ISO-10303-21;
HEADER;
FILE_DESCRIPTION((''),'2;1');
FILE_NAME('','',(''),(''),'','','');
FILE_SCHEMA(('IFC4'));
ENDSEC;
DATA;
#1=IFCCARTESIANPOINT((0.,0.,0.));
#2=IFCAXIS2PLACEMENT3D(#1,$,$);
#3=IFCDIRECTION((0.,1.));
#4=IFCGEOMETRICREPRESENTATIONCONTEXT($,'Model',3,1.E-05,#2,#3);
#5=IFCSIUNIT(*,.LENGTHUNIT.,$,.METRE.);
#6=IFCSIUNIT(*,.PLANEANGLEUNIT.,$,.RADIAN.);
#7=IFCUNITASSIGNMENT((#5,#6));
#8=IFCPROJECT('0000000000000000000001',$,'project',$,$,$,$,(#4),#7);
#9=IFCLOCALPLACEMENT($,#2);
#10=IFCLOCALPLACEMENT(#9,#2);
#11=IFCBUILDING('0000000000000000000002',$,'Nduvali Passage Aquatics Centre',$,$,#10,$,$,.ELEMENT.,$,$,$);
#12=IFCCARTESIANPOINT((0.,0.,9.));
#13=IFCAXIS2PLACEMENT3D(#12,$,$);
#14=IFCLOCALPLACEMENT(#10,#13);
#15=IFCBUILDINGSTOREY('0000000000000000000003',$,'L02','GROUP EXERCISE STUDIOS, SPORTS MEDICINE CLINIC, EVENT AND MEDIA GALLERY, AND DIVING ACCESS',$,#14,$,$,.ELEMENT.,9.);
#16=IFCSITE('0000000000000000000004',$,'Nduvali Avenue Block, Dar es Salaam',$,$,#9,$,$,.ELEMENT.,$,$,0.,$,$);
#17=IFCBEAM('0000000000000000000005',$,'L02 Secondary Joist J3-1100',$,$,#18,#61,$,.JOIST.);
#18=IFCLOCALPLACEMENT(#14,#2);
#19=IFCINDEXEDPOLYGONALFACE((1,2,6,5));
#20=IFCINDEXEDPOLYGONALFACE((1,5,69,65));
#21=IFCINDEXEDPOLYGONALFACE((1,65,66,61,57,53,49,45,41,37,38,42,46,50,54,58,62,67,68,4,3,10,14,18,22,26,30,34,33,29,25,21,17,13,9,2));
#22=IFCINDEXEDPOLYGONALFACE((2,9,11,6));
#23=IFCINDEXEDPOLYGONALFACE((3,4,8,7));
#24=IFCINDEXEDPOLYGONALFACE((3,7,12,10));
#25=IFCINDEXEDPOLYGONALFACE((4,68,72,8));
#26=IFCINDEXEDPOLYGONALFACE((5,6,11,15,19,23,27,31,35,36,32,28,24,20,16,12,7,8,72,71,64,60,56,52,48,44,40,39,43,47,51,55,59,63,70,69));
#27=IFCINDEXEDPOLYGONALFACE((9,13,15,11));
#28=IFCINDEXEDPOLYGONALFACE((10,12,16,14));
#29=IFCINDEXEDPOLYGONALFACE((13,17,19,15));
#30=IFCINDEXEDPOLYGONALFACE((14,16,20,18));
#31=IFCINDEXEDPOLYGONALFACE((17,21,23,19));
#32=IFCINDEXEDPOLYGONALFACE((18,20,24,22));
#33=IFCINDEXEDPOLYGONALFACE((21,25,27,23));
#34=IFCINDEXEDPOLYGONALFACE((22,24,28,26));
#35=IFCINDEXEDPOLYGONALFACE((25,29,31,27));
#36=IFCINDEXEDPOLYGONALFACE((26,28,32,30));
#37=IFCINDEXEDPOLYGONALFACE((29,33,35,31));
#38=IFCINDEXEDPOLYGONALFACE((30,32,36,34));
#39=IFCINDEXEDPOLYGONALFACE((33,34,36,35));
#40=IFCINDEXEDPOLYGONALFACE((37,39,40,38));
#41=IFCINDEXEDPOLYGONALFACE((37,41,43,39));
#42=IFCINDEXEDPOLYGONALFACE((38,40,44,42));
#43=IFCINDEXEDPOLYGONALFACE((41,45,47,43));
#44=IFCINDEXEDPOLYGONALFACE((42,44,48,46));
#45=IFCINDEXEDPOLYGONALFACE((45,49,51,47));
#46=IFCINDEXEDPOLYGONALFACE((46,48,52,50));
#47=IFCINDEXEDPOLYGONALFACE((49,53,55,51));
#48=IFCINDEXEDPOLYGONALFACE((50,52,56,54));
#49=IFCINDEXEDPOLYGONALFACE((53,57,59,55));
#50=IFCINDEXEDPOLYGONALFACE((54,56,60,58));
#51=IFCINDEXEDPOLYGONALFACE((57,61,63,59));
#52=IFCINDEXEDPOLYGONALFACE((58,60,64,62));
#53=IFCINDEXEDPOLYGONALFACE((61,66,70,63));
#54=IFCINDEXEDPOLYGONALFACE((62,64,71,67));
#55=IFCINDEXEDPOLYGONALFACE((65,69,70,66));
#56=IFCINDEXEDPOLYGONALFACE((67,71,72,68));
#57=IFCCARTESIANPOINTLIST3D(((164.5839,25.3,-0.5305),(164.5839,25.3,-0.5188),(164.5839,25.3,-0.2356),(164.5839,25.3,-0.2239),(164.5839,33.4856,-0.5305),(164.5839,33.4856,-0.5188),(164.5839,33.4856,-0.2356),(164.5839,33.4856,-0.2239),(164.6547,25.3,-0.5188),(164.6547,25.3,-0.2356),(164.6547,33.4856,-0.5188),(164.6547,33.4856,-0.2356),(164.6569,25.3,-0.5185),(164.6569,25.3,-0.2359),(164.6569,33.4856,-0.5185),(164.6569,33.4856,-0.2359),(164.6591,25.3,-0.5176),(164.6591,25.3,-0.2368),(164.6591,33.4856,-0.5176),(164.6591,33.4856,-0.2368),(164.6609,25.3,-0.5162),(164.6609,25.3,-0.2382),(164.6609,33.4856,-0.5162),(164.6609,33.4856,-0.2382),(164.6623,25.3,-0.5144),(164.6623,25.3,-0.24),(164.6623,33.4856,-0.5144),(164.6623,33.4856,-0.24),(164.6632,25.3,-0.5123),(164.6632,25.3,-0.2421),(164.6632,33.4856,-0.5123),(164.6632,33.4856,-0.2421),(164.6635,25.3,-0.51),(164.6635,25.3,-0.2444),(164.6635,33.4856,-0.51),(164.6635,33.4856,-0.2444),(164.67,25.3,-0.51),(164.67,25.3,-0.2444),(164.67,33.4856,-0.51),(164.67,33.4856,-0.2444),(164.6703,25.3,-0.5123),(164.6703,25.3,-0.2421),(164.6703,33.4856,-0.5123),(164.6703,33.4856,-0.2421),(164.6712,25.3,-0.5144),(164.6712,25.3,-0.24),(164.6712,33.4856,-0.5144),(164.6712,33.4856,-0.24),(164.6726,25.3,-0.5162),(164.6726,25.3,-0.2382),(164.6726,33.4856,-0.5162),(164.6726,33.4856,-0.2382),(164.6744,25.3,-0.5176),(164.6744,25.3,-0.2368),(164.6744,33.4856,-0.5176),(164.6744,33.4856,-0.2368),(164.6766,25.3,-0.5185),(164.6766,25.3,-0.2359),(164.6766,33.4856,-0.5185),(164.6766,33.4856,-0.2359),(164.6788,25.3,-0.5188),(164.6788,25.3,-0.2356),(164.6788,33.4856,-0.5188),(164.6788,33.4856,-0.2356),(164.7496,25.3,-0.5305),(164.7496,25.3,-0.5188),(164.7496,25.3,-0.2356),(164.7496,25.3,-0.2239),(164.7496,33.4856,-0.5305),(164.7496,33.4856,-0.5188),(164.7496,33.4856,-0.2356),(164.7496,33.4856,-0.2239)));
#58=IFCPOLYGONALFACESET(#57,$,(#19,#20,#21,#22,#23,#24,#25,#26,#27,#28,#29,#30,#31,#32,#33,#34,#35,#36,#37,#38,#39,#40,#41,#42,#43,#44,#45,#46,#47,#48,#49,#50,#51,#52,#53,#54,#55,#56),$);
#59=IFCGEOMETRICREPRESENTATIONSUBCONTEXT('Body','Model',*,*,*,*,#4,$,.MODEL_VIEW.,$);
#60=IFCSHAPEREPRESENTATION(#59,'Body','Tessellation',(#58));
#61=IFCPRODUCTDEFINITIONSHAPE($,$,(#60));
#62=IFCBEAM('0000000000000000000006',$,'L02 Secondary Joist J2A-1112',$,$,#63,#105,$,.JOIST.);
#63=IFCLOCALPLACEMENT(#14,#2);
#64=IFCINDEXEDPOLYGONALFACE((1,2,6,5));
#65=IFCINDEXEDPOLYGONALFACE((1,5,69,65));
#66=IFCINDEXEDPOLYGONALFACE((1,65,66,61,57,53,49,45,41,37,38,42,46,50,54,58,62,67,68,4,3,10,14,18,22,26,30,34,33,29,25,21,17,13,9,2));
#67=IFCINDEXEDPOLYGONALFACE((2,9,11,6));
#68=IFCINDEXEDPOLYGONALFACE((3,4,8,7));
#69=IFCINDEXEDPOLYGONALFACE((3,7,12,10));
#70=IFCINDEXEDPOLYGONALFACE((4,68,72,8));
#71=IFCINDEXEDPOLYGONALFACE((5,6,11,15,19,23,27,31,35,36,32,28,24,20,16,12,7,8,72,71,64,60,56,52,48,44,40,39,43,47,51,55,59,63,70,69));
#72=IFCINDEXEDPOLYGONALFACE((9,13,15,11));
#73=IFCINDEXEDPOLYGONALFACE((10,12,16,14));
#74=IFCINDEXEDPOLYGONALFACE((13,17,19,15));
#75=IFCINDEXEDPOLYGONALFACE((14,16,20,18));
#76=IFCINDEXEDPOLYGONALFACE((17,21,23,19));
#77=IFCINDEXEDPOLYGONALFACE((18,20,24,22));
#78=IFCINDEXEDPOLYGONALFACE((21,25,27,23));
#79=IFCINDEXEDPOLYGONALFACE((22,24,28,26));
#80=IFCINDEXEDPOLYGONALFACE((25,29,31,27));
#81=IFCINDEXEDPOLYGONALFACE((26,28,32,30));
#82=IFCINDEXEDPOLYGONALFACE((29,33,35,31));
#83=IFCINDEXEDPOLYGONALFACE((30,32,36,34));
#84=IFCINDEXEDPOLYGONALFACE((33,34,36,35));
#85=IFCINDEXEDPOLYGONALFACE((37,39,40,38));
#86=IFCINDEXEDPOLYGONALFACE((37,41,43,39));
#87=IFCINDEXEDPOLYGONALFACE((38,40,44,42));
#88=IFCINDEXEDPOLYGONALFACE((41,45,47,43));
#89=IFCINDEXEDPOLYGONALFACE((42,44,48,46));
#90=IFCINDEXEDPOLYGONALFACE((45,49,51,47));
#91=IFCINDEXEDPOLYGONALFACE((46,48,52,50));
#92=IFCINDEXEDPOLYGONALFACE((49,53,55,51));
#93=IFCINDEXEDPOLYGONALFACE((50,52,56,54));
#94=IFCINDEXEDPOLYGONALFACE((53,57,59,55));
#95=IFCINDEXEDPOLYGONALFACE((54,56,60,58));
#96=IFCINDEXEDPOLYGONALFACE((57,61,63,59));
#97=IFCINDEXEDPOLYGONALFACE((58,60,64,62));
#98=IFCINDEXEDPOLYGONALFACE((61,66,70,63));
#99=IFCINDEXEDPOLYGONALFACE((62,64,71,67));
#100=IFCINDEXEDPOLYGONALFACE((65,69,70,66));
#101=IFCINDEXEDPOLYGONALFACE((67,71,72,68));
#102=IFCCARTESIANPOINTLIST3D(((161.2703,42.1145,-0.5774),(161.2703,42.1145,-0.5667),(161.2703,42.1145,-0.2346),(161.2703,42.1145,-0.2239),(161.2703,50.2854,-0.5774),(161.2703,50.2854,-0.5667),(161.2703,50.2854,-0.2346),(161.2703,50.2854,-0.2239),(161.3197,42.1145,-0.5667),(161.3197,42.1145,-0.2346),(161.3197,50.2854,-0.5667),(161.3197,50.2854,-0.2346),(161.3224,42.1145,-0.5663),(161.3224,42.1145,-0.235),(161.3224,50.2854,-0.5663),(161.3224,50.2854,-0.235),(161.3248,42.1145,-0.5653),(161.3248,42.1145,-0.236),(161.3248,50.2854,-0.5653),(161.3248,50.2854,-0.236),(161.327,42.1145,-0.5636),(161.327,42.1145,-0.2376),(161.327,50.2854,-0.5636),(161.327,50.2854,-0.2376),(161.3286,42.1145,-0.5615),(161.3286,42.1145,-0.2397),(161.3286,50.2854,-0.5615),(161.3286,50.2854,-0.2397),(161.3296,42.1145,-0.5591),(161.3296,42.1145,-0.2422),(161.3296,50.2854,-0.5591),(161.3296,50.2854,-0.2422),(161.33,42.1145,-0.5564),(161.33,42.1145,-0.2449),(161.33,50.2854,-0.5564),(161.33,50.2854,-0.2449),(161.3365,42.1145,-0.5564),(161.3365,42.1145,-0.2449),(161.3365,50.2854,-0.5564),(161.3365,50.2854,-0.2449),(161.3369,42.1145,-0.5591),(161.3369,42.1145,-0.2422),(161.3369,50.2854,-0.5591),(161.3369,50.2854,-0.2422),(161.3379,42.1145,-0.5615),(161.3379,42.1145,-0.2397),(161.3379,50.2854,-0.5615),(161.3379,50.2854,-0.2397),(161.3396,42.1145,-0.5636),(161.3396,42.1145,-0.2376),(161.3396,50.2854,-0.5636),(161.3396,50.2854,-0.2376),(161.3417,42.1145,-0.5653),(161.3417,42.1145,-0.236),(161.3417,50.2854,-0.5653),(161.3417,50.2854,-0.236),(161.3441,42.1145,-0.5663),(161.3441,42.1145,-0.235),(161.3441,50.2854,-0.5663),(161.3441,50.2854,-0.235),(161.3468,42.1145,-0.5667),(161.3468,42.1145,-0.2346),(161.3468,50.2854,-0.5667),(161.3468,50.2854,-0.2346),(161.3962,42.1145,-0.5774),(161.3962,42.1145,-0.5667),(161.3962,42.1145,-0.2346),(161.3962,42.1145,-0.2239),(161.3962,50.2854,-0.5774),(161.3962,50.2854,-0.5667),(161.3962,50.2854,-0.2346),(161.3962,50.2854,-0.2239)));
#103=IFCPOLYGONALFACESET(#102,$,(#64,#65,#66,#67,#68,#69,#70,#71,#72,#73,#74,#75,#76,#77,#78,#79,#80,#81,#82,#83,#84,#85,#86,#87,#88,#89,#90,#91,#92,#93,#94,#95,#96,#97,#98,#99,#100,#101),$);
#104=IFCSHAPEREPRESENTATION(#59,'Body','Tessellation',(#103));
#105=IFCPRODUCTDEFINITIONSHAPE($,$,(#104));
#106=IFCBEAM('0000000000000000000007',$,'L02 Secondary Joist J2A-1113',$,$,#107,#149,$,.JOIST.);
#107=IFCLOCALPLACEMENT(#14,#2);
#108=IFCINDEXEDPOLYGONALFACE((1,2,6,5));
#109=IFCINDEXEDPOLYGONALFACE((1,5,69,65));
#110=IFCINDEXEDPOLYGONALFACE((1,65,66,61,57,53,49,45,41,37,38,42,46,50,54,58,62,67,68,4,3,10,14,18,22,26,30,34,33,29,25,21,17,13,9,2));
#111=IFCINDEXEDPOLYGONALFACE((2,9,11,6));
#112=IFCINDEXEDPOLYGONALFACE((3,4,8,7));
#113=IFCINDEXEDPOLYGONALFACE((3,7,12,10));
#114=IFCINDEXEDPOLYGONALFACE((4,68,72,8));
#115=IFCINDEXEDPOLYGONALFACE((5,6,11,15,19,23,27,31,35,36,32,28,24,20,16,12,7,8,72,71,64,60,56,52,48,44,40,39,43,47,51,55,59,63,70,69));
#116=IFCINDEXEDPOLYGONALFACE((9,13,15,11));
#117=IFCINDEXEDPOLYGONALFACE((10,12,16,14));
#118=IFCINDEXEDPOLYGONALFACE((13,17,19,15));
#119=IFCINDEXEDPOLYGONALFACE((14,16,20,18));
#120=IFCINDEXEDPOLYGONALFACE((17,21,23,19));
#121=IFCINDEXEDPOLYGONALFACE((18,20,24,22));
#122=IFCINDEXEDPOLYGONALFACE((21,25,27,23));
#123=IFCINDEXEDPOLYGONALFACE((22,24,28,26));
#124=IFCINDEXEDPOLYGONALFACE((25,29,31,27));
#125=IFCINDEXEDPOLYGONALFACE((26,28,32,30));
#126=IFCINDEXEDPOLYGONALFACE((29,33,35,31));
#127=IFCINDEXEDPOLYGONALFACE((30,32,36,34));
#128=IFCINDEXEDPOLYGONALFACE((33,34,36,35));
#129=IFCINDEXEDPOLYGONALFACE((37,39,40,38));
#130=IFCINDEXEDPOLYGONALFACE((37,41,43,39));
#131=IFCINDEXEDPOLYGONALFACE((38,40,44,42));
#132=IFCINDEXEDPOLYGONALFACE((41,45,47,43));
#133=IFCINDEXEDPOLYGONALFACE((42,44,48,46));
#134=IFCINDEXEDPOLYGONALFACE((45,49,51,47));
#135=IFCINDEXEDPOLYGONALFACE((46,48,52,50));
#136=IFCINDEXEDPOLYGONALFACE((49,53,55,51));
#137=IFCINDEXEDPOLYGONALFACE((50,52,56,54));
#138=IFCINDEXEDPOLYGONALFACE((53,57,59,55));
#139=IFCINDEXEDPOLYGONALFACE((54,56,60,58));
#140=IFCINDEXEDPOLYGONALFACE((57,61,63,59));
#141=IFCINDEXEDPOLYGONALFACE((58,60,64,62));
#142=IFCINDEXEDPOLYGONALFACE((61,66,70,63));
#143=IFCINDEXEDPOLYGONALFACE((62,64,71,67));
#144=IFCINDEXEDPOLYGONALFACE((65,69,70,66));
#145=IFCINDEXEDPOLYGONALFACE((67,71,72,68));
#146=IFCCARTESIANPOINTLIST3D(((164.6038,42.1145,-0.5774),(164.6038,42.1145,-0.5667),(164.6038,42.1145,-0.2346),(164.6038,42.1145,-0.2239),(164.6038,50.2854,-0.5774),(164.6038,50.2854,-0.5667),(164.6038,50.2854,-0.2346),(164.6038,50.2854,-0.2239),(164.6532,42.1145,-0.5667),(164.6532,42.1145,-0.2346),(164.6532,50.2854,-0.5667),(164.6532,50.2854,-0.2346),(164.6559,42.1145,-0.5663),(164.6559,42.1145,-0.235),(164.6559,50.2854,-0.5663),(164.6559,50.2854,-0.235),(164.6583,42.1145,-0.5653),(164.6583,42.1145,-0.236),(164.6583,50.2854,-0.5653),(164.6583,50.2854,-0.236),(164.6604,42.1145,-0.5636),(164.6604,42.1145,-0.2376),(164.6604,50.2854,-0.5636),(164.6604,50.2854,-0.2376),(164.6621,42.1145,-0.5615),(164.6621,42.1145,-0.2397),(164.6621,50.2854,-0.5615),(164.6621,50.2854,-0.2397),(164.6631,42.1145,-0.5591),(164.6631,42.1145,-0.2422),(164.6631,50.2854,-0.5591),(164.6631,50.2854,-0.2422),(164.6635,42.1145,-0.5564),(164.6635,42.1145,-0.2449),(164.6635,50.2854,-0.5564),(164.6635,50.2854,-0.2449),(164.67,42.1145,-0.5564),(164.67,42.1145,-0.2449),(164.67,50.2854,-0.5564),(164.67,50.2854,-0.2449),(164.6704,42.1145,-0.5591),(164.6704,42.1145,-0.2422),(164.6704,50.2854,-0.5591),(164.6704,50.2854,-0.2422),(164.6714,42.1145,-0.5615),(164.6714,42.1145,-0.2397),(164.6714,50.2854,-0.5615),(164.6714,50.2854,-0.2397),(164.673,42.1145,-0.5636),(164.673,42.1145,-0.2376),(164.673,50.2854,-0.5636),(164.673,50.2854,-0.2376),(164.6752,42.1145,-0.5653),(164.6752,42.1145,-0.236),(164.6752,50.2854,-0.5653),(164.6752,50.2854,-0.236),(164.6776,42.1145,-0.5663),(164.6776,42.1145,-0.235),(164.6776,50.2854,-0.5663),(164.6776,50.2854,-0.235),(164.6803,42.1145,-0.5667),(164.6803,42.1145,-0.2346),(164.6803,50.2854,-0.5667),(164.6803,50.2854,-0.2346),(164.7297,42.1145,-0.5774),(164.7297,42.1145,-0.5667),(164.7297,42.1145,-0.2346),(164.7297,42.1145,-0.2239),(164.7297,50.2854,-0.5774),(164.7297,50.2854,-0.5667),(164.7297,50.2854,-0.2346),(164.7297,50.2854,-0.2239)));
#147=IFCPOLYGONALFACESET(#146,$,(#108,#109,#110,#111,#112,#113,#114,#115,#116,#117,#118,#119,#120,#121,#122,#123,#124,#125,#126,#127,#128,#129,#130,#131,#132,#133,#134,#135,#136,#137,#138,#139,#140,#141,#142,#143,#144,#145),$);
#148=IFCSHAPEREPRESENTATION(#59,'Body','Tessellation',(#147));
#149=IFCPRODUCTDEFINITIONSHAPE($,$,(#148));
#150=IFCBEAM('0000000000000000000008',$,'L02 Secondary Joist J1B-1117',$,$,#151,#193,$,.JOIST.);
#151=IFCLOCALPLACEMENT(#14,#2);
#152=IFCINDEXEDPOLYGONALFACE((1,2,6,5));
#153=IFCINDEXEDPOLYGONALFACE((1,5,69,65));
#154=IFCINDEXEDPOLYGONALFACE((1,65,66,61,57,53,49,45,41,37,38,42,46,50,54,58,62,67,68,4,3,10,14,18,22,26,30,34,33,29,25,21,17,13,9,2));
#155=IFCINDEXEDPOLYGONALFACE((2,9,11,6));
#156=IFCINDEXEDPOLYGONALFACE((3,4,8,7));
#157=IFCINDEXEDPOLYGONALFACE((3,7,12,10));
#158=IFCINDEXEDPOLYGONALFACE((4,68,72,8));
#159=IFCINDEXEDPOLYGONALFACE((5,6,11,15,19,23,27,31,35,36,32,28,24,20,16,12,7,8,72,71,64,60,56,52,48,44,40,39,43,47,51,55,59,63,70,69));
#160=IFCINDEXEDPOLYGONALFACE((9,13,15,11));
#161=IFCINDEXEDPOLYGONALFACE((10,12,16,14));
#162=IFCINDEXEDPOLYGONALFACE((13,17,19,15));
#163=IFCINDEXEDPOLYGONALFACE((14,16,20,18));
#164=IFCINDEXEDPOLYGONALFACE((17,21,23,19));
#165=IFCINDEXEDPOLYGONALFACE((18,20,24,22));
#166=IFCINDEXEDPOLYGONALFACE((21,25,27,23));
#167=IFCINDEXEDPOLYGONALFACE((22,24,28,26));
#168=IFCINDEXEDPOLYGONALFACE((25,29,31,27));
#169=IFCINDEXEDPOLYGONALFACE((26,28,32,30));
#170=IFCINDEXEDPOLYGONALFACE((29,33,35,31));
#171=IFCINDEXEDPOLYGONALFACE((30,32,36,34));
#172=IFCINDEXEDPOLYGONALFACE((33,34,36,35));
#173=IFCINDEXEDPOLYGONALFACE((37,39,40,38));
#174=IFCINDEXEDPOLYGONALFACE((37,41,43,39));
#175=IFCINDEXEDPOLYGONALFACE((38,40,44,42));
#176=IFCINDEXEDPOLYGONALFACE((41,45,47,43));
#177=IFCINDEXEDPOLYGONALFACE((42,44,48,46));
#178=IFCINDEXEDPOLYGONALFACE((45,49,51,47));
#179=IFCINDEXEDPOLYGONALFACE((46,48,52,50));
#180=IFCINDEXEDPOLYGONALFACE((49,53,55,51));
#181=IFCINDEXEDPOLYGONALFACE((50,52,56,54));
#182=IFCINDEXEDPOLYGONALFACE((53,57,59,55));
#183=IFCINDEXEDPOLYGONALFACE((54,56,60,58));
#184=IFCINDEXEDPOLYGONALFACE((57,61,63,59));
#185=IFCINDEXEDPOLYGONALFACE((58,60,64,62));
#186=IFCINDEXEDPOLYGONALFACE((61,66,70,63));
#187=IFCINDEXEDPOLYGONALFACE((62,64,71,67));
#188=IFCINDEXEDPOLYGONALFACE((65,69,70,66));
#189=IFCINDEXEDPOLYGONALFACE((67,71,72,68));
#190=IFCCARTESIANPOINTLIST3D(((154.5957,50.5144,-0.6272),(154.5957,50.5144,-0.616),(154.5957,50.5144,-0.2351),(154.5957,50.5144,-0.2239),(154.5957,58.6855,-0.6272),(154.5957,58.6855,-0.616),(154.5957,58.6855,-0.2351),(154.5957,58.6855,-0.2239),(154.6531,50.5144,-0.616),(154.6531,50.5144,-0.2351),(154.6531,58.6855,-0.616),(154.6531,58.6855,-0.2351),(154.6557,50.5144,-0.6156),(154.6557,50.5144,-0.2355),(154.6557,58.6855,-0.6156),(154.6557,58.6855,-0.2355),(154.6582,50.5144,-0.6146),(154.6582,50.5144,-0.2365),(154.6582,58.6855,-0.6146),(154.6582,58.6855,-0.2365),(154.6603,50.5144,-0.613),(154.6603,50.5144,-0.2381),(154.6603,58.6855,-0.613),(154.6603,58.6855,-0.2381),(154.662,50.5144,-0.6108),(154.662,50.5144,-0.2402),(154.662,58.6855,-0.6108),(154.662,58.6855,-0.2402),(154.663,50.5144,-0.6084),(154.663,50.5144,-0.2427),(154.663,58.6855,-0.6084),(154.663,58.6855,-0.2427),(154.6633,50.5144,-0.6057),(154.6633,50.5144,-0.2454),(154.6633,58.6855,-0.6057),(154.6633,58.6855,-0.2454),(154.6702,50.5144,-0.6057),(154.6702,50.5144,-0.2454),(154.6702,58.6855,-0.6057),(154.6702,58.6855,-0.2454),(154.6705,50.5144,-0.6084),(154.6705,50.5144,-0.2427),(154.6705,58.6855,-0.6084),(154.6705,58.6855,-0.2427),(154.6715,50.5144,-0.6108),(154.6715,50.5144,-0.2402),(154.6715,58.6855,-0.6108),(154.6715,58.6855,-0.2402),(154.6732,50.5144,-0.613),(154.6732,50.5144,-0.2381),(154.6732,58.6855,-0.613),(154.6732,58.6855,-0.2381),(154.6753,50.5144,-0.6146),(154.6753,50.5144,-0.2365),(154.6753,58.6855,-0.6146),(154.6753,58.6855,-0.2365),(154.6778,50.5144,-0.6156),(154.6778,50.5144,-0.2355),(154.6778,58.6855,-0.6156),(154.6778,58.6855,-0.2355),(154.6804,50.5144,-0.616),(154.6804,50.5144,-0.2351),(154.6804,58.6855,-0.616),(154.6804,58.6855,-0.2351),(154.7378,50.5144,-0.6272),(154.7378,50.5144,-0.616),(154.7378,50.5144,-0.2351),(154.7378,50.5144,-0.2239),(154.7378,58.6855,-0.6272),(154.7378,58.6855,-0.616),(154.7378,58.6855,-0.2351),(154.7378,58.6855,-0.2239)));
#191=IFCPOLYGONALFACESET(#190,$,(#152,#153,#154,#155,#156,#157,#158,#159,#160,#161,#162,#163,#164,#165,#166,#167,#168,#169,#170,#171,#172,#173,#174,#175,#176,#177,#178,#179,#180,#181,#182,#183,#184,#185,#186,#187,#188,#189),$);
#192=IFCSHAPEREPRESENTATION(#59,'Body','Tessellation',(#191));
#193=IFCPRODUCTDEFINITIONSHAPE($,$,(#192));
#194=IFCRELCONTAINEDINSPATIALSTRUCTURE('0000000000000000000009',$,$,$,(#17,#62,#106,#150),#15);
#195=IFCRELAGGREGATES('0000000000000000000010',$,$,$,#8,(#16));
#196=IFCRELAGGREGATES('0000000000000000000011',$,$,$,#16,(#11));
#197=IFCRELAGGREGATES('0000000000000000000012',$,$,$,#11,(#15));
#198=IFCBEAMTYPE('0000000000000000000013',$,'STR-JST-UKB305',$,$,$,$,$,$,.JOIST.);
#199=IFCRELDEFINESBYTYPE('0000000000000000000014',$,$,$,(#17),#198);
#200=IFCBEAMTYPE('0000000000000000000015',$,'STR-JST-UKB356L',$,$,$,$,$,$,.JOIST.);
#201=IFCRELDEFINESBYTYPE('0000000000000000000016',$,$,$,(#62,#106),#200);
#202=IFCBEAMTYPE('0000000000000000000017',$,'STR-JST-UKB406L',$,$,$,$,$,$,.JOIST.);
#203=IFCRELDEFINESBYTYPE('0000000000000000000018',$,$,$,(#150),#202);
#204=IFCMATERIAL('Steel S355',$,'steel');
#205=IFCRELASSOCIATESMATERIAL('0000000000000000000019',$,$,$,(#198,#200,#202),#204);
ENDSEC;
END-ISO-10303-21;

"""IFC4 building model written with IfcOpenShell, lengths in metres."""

from ifc_helpers import new_model, si_unit, direction, frame, origin, origin_2d, place, context, subcontext, project, spatial, i_section, extrude, material, material_profile, profile_set, type_object, element, save


model = new_model("IFC4")

# Units and contexts
model_context = context("Model", 3, precision=1e-05, world=origin(), true_north=direction((0.0, 1.0)))
body_context = subcontext(model_context, "Body", "Model", "MODEL_VIEW")
ifc_project = project(units=[si_unit("LENGTHUNIT", "METRE"), si_unit("PLANEANGLEUNIT", "RADIAN")], contexts=[model_context])

# Site, building, storey
site_placement = place(None, origin())
site = spatial("IfcSite", under=ifc_project, at=site_placement, Name="Nduvali Avenue Block, Dar es Salaam", CompositionType="ELEMENT", RefElevation=0.0)
building_placement = place(site_placement, origin())
building = spatial("IfcBuilding", under=site, at=building_placement, Name="Nduvali Passage Aquatics Centre", CompositionType="ELEMENT")
storey_placement = place(building_placement, frame((0.0, 0.0, 9.0)))
storey = spatial("IfcBuildingStorey", under=building, at=storey_placement, Name="L02", Description="GROUP EXERCISE STUDIOS, SPORTS MEDICINE CLINIC, EVENT AND MEDIA GALLERY, AND DIVING ACCESS", CompositionType="ELEMENT", Elevation=9.0)

# Beams
ifc_material_1 = material(Name="Steel S355", Category="steel")
ifc_material_profile_1 = material_profile(ifc_material_1, i_section(OverallWidth=0.1658, OverallDepth=0.3066, WebThickness=0.0066, FlangeThickness=0.0117, FilletRadius=0.0088, at=origin_2d()), Name="UKB 305x165x46")
ifc_profile_set_1 = profile_set([ifc_material_profile_1], Name="Steel S355")
beam_type_1 = type_object("IfcBeamType", Name="STR-JST-UKB305", PredefinedType="JOIST", material=ifc_profile_set_1)
for number, where, z_axis, x_axis, name in (
    (1, (164.6667, 25.3, -0.3772), (0.0, 1.0, 0.0), (-1.0, 0.0, 0.0), "L02 Secondary Joist J3-1100"),
):
    element("IfcBeam", number, at=place(storey_placement, frame(where, z_axis=z_axis, x_axis=x_axis)), inside=storey, type_object=beam_type_1, Name=name, PredefinedType="JOIST", context=body_context, shape_type="SweptSolid", body=[
        extrude(i_section(OverallWidth=0.1658, OverallDepth=0.3066, WebThickness=0.0066, FlangeThickness=0.0117, FilletRadius=0.0088, at=origin_2d()), origin(), (0.0, 0.0, 1.0), 8.1855),
    ])
ifc_material_profile_2 = material_profile(ifc_material_1, i_section(OverallWidth=0.126, OverallDepth=0.3535, WebThickness=0.0066, FlangeThickness=0.0107, FilletRadius=0.0103, at=origin_2d()), Name="UKB 356x127x39")
ifc_profile_set_2 = profile_set([ifc_material_profile_2], Name="Steel S355")
beam_type_2 = type_object("IfcBeamType", Name="STR-JST-UKB356L", PredefinedType="JOIST", material=ifc_profile_set_2)
for number, where, z_axis, x_axis, name in (
    (2, (161.3333, 42.1145, -0.4006), (0.0, 1.0, 0.0), (-1.0, 0.0, 0.0), "L02 Secondary Joist J2A-1112"),
    (3, (164.6667, 42.1145, -0.4006), (0.0, 1.0, 0.0), (-1.0, 0.0, 0.0), "L02 Secondary Joist J2A-1113"),
):
    element("IfcBeam", number, at=place(storey_placement, frame(where, z_axis=z_axis, x_axis=x_axis)), inside=storey, type_object=beam_type_2, Name=name, PredefinedType="JOIST", context=body_context, shape_type="SweptSolid", body=[
        extrude(i_section(OverallWidth=0.126, OverallDepth=0.3535, WebThickness=0.0066, FlangeThickness=0.0107, FilletRadius=0.0103, at=origin_2d()), origin(), (0.0, 0.0, 1.0), 8.1709),
    ])
ifc_material_profile_3 = material_profile(ifc_material_1, i_section(OverallWidth=0.1421, OverallDepth=0.4033, WebThickness=0.0068, FlangeThickness=0.0112, FilletRadius=0.0103, at=origin_2d()), Name="UKB 406x140x46")
ifc_profile_set_3 = profile_set([ifc_material_profile_3], Name="Steel S355")
beam_type_3 = type_object("IfcBeamType", Name="STR-JST-UKB406L", PredefinedType="JOIST", material=ifc_profile_set_3)
beam_1_placement = place(storey_placement, frame((154.6667, 50.5144, -0.4255), z_axis=(0.0, 1.0, 0.0), x_axis=(-1.0, 0.0, 0.0)))
element("IfcBeam", 4, at=beam_1_placement, inside=storey, type_object=beam_type_3, Name="L02 Secondary Joist J1B-1117", PredefinedType="JOIST", context=body_context, shape_type="SweptSolid", body=[
    extrude(i_section(OverallWidth=0.1421, OverallDepth=0.4033, WebThickness=0.0068, FlangeThickness=0.0112, FilletRadius=0.0103, at=origin_2d()), origin(), (0.0, 0.0, 1.0), 8.1711),
])

save(model, "model.ifc")
